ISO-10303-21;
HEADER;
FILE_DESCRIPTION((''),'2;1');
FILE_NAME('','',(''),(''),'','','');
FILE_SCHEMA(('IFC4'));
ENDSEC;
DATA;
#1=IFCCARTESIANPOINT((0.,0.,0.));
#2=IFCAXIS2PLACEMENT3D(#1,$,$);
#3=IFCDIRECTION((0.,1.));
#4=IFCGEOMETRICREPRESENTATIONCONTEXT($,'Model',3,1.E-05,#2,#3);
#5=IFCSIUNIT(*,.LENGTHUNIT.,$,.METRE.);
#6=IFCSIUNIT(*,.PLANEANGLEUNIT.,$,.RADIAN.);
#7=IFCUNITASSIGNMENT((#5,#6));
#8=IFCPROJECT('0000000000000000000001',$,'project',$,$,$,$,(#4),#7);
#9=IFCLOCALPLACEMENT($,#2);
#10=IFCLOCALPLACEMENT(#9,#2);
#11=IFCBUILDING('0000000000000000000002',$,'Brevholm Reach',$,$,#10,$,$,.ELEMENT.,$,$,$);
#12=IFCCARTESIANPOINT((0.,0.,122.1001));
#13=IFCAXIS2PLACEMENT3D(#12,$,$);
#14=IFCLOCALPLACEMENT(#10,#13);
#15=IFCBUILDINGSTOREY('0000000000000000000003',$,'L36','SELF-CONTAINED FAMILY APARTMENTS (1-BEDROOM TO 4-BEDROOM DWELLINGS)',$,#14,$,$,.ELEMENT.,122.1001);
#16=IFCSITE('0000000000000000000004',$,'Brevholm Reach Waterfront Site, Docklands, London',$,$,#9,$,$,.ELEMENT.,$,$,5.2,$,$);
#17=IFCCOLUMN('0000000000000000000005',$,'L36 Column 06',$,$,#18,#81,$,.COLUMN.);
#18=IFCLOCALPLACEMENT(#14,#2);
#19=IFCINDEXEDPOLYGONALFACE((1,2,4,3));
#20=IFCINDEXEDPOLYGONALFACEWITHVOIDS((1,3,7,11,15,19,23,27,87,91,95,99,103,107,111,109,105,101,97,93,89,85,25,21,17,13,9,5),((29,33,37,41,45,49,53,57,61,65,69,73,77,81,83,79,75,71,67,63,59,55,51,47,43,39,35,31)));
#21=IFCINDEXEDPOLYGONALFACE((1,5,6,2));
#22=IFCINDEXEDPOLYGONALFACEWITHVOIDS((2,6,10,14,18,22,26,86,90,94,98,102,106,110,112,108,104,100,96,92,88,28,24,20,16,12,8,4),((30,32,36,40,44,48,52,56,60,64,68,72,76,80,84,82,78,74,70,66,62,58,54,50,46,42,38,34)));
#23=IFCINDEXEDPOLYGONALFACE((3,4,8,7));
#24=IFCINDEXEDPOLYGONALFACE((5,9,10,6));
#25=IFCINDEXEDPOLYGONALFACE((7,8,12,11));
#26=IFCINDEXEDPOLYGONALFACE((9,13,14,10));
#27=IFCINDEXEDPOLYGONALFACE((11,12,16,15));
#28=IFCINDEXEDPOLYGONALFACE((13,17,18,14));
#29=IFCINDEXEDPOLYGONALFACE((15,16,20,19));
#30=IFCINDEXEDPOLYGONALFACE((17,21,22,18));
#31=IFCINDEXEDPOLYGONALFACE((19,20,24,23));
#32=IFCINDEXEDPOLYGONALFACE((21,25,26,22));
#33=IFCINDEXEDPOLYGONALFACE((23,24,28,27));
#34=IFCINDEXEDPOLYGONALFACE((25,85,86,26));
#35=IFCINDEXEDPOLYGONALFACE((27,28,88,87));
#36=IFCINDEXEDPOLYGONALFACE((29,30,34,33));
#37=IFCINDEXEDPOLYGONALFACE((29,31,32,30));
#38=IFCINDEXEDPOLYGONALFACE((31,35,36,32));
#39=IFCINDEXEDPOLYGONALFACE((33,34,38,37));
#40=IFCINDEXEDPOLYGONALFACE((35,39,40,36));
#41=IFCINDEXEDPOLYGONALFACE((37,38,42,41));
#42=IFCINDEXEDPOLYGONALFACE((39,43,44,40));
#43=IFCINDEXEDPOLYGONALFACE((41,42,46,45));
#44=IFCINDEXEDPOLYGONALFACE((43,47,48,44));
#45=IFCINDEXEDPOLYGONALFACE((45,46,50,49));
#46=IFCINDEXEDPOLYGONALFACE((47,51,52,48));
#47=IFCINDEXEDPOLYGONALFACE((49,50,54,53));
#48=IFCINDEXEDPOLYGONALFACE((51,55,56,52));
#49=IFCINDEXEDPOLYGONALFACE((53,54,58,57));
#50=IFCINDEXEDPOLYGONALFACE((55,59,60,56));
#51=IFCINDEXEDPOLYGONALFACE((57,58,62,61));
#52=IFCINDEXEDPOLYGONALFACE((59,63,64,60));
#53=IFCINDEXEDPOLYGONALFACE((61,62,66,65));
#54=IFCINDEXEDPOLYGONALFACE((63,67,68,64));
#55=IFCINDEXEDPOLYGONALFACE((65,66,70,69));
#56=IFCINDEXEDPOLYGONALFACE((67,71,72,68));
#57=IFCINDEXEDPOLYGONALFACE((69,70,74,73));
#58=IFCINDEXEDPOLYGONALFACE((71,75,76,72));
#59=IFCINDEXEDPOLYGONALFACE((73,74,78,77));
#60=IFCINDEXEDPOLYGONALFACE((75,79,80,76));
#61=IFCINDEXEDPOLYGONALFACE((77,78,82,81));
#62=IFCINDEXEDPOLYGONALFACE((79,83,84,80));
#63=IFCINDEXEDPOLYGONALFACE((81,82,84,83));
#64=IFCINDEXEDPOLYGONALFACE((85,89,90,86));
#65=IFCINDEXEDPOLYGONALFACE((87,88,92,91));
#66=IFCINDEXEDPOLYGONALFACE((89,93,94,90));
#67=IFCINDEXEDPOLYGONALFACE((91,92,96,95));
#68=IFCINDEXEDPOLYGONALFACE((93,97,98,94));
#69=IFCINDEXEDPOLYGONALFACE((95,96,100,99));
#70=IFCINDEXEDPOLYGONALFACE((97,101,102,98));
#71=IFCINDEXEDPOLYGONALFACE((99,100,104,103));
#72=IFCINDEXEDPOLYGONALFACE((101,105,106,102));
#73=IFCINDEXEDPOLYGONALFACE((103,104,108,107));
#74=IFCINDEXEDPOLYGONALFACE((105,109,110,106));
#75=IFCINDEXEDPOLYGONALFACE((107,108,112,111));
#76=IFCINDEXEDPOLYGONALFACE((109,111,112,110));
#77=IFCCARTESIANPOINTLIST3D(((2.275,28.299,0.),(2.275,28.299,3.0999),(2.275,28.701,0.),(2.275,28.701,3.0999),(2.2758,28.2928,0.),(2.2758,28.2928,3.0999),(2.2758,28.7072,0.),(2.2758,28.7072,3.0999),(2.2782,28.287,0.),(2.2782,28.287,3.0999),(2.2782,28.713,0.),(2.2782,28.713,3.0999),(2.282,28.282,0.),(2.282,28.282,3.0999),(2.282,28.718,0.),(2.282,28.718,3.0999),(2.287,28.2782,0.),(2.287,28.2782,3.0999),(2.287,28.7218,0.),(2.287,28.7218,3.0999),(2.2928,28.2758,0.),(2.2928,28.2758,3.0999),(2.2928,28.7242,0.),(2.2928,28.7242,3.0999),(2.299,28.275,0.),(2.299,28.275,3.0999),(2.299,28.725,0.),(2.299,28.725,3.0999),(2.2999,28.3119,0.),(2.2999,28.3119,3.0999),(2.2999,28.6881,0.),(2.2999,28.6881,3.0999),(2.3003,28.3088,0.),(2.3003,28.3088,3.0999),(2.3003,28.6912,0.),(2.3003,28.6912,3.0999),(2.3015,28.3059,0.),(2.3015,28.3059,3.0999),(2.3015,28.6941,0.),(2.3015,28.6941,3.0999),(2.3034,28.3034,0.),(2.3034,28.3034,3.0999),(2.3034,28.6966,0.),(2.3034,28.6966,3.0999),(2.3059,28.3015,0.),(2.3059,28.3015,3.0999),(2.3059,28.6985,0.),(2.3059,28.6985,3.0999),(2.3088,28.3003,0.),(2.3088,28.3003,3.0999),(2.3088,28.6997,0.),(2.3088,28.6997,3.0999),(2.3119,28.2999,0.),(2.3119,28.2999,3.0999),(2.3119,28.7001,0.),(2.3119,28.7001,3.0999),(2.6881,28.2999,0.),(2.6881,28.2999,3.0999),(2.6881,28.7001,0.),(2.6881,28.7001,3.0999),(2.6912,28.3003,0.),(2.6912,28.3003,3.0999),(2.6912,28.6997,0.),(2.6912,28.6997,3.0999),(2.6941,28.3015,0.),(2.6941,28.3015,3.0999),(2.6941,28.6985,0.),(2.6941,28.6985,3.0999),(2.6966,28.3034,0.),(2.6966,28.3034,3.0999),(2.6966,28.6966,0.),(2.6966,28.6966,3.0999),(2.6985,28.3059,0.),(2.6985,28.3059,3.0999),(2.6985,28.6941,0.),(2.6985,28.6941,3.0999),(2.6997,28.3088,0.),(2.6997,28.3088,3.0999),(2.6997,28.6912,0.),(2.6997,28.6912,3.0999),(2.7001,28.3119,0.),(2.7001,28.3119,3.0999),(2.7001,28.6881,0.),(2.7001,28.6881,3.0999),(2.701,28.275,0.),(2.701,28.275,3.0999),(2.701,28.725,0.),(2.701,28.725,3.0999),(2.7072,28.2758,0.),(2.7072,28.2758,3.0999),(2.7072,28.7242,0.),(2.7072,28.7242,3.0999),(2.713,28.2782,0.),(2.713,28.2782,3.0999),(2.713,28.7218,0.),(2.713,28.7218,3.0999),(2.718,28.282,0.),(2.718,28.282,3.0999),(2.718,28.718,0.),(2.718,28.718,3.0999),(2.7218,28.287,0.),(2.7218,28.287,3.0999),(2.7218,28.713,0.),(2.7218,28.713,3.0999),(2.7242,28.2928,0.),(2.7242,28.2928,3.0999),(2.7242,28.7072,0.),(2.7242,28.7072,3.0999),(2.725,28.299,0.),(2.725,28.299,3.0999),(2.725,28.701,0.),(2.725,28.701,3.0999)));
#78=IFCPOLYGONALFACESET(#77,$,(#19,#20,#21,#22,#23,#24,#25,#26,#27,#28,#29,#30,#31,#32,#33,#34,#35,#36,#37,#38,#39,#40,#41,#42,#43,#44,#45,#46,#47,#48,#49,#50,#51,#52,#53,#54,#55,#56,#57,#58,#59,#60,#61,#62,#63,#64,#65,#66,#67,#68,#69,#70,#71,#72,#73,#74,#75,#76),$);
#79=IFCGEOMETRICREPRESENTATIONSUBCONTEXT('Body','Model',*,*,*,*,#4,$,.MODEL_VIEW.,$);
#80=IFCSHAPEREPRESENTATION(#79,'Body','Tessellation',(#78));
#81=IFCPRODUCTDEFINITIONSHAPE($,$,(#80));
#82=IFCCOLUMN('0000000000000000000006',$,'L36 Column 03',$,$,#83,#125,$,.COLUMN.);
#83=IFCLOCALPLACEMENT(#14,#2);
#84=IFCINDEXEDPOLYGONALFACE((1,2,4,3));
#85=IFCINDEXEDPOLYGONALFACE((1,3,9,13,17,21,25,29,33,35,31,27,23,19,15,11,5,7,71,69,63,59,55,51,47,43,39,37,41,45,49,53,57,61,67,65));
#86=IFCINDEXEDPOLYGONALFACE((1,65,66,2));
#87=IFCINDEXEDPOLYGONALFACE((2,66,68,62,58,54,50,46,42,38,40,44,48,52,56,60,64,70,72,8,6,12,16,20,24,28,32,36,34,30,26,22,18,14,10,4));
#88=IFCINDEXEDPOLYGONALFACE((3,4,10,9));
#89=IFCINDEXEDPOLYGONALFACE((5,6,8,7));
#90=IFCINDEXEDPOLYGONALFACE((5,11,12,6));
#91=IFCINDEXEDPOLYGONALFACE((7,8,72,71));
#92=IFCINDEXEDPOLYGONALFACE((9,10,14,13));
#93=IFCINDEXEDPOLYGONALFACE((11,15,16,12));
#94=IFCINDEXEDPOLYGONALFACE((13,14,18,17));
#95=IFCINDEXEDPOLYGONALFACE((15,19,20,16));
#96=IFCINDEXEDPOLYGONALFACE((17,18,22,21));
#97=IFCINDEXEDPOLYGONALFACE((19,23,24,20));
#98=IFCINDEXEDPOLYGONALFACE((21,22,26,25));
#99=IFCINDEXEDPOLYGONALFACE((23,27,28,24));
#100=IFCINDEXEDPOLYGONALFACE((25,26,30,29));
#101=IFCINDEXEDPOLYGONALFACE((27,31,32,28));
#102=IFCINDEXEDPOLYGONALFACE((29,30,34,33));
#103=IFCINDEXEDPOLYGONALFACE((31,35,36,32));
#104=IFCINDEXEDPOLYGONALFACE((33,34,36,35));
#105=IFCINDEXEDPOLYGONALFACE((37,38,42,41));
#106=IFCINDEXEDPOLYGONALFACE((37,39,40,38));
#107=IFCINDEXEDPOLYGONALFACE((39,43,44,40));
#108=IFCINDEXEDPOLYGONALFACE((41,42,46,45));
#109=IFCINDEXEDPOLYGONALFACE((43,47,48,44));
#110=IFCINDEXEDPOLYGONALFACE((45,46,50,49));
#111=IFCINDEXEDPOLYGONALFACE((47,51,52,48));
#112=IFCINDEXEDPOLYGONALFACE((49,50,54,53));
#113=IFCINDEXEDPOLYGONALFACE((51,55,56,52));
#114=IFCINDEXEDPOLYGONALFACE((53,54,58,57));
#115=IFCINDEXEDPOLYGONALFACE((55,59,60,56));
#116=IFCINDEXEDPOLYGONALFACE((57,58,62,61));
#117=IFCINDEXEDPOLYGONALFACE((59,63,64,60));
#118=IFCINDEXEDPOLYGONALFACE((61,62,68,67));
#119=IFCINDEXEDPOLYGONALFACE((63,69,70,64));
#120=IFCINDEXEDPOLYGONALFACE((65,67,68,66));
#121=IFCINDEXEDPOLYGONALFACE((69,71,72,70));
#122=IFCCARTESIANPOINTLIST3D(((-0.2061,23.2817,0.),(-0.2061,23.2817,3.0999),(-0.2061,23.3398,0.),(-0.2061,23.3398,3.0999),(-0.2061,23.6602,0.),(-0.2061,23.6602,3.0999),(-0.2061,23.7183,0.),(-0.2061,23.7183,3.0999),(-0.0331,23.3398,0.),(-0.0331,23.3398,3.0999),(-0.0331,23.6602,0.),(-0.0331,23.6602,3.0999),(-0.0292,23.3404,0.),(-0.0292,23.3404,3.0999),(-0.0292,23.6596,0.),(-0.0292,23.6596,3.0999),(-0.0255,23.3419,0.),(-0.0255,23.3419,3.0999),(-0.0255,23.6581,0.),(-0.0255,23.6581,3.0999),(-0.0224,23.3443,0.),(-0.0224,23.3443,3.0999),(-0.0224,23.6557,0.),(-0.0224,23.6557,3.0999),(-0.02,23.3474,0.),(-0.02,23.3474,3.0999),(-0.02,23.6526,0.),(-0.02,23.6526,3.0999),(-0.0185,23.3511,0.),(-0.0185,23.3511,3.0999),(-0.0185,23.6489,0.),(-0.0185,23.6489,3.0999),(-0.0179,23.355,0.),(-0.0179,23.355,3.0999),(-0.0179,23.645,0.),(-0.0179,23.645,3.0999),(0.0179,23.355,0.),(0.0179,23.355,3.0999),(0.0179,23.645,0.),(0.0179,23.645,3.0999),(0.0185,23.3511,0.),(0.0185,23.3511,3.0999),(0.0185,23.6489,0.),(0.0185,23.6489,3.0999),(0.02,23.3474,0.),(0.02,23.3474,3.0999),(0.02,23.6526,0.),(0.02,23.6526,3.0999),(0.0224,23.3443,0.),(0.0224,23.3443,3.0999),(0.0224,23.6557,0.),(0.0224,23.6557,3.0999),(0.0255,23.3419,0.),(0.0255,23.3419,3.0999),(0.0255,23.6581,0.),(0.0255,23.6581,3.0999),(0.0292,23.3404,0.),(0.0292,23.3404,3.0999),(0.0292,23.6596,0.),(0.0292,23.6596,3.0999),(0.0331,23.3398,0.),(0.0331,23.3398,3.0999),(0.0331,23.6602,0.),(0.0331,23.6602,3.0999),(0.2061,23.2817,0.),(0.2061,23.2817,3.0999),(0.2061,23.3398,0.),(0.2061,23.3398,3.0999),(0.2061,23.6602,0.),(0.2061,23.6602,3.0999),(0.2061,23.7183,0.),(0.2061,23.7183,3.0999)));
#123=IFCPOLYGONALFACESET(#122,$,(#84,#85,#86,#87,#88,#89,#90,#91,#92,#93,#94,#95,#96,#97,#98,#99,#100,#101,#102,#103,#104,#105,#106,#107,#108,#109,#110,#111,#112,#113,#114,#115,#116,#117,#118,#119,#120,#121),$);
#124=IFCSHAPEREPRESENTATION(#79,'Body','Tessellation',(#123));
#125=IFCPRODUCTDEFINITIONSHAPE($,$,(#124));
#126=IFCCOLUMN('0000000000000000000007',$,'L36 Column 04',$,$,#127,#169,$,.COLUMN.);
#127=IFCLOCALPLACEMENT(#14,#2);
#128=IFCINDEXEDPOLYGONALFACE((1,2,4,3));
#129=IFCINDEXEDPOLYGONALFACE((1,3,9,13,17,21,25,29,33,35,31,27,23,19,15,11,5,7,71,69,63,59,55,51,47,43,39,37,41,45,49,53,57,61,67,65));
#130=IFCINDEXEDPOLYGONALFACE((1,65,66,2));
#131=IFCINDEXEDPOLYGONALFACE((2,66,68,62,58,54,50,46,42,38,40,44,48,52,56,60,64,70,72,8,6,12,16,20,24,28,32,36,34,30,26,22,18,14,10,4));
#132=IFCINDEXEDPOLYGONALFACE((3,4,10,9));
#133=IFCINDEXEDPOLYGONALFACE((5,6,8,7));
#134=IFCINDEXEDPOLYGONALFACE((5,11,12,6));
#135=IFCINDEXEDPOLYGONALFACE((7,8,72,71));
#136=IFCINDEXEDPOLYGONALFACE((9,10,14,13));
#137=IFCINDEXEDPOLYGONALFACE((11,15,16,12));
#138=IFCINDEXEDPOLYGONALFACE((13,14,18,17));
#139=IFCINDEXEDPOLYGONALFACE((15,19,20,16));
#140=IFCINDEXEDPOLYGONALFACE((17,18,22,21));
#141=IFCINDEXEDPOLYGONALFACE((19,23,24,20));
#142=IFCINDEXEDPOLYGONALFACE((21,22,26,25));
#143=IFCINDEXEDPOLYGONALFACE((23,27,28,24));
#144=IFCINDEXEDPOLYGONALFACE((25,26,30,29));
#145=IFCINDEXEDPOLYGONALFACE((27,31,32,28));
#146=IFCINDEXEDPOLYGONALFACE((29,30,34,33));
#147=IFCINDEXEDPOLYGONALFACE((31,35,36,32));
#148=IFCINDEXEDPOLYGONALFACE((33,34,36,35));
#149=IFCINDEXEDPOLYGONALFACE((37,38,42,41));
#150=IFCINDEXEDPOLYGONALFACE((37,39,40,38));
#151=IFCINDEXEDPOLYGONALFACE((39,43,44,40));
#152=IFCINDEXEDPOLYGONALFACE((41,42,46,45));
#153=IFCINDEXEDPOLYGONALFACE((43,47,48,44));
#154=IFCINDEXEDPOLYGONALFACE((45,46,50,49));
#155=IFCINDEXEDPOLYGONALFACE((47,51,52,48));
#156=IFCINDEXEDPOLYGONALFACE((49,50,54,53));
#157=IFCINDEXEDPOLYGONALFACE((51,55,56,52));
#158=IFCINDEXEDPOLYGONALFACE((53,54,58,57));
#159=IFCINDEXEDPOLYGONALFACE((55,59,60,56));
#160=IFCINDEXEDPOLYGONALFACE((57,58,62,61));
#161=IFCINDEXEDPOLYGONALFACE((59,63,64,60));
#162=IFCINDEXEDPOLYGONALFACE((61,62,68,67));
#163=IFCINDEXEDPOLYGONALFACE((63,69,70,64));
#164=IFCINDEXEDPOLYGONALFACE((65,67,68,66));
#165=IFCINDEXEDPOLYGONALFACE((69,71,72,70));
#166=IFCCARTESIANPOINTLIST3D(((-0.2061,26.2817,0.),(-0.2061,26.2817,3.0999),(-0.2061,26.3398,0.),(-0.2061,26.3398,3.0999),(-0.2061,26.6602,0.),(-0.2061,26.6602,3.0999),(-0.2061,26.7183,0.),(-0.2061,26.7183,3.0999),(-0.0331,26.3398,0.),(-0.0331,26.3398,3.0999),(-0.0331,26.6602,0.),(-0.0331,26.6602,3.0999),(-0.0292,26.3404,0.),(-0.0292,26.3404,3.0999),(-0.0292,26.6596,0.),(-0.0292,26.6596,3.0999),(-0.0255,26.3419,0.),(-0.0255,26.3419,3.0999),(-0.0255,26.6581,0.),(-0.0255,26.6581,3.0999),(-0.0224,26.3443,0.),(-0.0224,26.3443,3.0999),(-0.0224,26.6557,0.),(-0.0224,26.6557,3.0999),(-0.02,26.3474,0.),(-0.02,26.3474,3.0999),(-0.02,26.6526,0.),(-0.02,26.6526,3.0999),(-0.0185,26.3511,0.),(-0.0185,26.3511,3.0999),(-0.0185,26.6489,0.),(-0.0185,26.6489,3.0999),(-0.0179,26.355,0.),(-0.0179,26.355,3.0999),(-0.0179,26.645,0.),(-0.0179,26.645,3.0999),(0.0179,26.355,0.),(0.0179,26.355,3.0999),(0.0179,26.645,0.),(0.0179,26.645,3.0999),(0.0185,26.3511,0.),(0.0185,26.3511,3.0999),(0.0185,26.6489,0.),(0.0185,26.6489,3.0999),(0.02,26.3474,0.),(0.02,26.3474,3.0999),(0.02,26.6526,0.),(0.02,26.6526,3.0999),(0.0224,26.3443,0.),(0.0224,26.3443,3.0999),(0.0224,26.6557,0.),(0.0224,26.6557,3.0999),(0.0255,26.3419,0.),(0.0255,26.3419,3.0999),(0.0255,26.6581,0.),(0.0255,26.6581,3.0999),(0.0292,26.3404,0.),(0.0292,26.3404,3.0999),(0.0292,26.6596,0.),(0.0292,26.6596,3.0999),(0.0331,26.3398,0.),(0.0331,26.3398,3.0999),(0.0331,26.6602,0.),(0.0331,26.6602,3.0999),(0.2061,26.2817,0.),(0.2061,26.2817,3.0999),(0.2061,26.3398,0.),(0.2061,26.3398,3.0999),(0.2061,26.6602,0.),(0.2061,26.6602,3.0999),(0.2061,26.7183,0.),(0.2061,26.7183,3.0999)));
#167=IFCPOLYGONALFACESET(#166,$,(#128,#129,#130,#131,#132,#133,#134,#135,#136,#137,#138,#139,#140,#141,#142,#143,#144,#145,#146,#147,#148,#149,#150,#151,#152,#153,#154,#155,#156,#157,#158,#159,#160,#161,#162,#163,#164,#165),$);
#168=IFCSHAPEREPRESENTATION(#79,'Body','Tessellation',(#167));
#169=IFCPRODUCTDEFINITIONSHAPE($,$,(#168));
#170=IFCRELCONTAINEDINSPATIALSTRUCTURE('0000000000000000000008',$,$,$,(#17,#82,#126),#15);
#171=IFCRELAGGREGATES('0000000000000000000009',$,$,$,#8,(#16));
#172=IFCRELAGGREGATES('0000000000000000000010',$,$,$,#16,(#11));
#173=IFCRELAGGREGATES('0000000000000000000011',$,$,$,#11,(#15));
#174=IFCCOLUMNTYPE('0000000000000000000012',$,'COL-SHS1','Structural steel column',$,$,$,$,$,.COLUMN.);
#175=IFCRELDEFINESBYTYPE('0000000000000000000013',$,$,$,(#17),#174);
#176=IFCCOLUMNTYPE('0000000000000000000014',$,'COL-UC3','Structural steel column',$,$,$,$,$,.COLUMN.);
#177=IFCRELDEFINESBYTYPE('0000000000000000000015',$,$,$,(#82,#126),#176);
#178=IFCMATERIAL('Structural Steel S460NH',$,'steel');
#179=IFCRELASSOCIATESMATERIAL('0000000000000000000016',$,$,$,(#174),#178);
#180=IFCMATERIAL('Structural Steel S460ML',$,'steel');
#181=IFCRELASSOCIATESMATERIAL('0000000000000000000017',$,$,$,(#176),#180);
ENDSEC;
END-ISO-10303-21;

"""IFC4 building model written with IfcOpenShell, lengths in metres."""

from ifc_helpers import new_model, si_unit, direction, frame, origin, origin_2d, place, context, subcontext, project, spatial, hollow_rectangle, i_section, extrude, material, material_profile, profile_set, type_object, element, save


model = new_model("IFC4")

# Units and contexts
model_context = context("Model", 3, precision=1e-05, world=origin(), true_north=direction((0.0, 1.0)))
body_context = subcontext(model_context, "Body", "Model", "MODEL_VIEW")
ifc_project = project(units=[si_unit("LENGTHUNIT", "METRE"), si_unit("PLANEANGLEUNIT", "RADIAN")], contexts=[model_context])

# Site, building, storey
site_placement = place(None, origin())
site = spatial("IfcSite", under=ifc_project, at=site_placement, Name="Brevholm Reach Waterfront Site, Docklands, London", CompositionType="ELEMENT", RefElevation=5.2)
building_placement = place(site_placement, origin())
building = spatial("IfcBuilding", under=site, at=building_placement, Name="Brevholm Reach", CompositionType="ELEMENT")
storey_placement = place(building_placement, frame((0.0, 0.0, 122.1001)))
storey = spatial("IfcBuildingStorey", under=building, at=storey_placement, Name="L36", Description="SELF-CONTAINED FAMILY APARTMENTS (1-BEDROOM TO 4-BEDROOM DWELLINGS)", CompositionType="ELEMENT", Elevation=122.1001)

# Columns
ifc_material_1 = material(Name="Structural Steel S460NH", Category="steel")
ifc_material_profile_1 = material_profile(ifc_material_1, hollow_rectangle(XDim=0.45, YDim=0.45, WallThickness=0.0249, InnerFilletRadius=0.012, OuterFilletRadius=0.0239, at=origin_2d()), Name="SHS 450x450x25")
ifc_profile_set_1 = profile_set([ifc_material_profile_1], Name="Structural Steel S460NH")
column_type_1 = type_object("IfcColumnType", Name="COL-SHS1", Description="Structural steel column", PredefinedType="COLUMN", material=ifc_profile_set_1)
column_1_placement = place(storey_placement, frame((2.5, 28.5, 0.0), z_axis=(0.0, 0.0, 1.0), x_axis=(1.0, 0.0, 0.0)))
element("IfcColumn", 1, at=column_1_placement, inside=storey, type_object=column_type_1, Name="L36 Column 06", PredefinedType="COLUMN", context=body_context, shape_type="SweptSolid", body=[
    extrude(hollow_rectangle(XDim=0.45, YDim=0.45, WallThickness=0.0249, InnerFilletRadius=0.012, OuterFilletRadius=0.0239, at=origin_2d()), origin(), (0.0, 0.0, 1.0), 3.0999),
])
ifc_material_2 = material(Name="Structural Steel S460ML", Category="steel")
ifc_material_profile_2 = material_profile(ifc_material_2, i_section(OverallWidth=0.4121, OverallDepth=0.4365, WebThickness=0.0359, FlangeThickness=0.0581, FilletRadius=0.0151, at=origin_2d()), Name="UKC 356x406x467")
ifc_profile_set_2 = profile_set([ifc_material_profile_2], Name="Structural Steel S460ML")
column_type_2 = type_object("IfcColumnType", Name="COL-UC3", Description="Structural steel column", PredefinedType="COLUMN", material=ifc_profile_set_2)
for number, where, z_axis, x_axis, name in (
    (2, (0.0, 23.5, 0.0), (0.0, 0.0, 1.0), (1.0, 0.0, 0.0), "L36 Column 03"),
    (3, (0.0, 26.5, 0.0), (0.0, 0.0, 1.0), (1.0, 0.0, 0.0), "L36 Column 04"),
):
    element("IfcColumn", number, at=place(storey_placement, frame(where, z_axis=z_axis, x_axis=x_axis)), inside=storey, type_object=column_type_2, Name=name, PredefinedType="COLUMN", context=body_context, shape_type="SweptSolid", body=[
        extrude(i_section(OverallWidth=0.4121, OverallDepth=0.4365, WebThickness=0.0359, FlangeThickness=0.0581, FilletRadius=0.0151, at=origin_2d()), origin(), (0.0, 0.0, 1.0), 3.0999),
    ])

save(model, "model.ifc")
